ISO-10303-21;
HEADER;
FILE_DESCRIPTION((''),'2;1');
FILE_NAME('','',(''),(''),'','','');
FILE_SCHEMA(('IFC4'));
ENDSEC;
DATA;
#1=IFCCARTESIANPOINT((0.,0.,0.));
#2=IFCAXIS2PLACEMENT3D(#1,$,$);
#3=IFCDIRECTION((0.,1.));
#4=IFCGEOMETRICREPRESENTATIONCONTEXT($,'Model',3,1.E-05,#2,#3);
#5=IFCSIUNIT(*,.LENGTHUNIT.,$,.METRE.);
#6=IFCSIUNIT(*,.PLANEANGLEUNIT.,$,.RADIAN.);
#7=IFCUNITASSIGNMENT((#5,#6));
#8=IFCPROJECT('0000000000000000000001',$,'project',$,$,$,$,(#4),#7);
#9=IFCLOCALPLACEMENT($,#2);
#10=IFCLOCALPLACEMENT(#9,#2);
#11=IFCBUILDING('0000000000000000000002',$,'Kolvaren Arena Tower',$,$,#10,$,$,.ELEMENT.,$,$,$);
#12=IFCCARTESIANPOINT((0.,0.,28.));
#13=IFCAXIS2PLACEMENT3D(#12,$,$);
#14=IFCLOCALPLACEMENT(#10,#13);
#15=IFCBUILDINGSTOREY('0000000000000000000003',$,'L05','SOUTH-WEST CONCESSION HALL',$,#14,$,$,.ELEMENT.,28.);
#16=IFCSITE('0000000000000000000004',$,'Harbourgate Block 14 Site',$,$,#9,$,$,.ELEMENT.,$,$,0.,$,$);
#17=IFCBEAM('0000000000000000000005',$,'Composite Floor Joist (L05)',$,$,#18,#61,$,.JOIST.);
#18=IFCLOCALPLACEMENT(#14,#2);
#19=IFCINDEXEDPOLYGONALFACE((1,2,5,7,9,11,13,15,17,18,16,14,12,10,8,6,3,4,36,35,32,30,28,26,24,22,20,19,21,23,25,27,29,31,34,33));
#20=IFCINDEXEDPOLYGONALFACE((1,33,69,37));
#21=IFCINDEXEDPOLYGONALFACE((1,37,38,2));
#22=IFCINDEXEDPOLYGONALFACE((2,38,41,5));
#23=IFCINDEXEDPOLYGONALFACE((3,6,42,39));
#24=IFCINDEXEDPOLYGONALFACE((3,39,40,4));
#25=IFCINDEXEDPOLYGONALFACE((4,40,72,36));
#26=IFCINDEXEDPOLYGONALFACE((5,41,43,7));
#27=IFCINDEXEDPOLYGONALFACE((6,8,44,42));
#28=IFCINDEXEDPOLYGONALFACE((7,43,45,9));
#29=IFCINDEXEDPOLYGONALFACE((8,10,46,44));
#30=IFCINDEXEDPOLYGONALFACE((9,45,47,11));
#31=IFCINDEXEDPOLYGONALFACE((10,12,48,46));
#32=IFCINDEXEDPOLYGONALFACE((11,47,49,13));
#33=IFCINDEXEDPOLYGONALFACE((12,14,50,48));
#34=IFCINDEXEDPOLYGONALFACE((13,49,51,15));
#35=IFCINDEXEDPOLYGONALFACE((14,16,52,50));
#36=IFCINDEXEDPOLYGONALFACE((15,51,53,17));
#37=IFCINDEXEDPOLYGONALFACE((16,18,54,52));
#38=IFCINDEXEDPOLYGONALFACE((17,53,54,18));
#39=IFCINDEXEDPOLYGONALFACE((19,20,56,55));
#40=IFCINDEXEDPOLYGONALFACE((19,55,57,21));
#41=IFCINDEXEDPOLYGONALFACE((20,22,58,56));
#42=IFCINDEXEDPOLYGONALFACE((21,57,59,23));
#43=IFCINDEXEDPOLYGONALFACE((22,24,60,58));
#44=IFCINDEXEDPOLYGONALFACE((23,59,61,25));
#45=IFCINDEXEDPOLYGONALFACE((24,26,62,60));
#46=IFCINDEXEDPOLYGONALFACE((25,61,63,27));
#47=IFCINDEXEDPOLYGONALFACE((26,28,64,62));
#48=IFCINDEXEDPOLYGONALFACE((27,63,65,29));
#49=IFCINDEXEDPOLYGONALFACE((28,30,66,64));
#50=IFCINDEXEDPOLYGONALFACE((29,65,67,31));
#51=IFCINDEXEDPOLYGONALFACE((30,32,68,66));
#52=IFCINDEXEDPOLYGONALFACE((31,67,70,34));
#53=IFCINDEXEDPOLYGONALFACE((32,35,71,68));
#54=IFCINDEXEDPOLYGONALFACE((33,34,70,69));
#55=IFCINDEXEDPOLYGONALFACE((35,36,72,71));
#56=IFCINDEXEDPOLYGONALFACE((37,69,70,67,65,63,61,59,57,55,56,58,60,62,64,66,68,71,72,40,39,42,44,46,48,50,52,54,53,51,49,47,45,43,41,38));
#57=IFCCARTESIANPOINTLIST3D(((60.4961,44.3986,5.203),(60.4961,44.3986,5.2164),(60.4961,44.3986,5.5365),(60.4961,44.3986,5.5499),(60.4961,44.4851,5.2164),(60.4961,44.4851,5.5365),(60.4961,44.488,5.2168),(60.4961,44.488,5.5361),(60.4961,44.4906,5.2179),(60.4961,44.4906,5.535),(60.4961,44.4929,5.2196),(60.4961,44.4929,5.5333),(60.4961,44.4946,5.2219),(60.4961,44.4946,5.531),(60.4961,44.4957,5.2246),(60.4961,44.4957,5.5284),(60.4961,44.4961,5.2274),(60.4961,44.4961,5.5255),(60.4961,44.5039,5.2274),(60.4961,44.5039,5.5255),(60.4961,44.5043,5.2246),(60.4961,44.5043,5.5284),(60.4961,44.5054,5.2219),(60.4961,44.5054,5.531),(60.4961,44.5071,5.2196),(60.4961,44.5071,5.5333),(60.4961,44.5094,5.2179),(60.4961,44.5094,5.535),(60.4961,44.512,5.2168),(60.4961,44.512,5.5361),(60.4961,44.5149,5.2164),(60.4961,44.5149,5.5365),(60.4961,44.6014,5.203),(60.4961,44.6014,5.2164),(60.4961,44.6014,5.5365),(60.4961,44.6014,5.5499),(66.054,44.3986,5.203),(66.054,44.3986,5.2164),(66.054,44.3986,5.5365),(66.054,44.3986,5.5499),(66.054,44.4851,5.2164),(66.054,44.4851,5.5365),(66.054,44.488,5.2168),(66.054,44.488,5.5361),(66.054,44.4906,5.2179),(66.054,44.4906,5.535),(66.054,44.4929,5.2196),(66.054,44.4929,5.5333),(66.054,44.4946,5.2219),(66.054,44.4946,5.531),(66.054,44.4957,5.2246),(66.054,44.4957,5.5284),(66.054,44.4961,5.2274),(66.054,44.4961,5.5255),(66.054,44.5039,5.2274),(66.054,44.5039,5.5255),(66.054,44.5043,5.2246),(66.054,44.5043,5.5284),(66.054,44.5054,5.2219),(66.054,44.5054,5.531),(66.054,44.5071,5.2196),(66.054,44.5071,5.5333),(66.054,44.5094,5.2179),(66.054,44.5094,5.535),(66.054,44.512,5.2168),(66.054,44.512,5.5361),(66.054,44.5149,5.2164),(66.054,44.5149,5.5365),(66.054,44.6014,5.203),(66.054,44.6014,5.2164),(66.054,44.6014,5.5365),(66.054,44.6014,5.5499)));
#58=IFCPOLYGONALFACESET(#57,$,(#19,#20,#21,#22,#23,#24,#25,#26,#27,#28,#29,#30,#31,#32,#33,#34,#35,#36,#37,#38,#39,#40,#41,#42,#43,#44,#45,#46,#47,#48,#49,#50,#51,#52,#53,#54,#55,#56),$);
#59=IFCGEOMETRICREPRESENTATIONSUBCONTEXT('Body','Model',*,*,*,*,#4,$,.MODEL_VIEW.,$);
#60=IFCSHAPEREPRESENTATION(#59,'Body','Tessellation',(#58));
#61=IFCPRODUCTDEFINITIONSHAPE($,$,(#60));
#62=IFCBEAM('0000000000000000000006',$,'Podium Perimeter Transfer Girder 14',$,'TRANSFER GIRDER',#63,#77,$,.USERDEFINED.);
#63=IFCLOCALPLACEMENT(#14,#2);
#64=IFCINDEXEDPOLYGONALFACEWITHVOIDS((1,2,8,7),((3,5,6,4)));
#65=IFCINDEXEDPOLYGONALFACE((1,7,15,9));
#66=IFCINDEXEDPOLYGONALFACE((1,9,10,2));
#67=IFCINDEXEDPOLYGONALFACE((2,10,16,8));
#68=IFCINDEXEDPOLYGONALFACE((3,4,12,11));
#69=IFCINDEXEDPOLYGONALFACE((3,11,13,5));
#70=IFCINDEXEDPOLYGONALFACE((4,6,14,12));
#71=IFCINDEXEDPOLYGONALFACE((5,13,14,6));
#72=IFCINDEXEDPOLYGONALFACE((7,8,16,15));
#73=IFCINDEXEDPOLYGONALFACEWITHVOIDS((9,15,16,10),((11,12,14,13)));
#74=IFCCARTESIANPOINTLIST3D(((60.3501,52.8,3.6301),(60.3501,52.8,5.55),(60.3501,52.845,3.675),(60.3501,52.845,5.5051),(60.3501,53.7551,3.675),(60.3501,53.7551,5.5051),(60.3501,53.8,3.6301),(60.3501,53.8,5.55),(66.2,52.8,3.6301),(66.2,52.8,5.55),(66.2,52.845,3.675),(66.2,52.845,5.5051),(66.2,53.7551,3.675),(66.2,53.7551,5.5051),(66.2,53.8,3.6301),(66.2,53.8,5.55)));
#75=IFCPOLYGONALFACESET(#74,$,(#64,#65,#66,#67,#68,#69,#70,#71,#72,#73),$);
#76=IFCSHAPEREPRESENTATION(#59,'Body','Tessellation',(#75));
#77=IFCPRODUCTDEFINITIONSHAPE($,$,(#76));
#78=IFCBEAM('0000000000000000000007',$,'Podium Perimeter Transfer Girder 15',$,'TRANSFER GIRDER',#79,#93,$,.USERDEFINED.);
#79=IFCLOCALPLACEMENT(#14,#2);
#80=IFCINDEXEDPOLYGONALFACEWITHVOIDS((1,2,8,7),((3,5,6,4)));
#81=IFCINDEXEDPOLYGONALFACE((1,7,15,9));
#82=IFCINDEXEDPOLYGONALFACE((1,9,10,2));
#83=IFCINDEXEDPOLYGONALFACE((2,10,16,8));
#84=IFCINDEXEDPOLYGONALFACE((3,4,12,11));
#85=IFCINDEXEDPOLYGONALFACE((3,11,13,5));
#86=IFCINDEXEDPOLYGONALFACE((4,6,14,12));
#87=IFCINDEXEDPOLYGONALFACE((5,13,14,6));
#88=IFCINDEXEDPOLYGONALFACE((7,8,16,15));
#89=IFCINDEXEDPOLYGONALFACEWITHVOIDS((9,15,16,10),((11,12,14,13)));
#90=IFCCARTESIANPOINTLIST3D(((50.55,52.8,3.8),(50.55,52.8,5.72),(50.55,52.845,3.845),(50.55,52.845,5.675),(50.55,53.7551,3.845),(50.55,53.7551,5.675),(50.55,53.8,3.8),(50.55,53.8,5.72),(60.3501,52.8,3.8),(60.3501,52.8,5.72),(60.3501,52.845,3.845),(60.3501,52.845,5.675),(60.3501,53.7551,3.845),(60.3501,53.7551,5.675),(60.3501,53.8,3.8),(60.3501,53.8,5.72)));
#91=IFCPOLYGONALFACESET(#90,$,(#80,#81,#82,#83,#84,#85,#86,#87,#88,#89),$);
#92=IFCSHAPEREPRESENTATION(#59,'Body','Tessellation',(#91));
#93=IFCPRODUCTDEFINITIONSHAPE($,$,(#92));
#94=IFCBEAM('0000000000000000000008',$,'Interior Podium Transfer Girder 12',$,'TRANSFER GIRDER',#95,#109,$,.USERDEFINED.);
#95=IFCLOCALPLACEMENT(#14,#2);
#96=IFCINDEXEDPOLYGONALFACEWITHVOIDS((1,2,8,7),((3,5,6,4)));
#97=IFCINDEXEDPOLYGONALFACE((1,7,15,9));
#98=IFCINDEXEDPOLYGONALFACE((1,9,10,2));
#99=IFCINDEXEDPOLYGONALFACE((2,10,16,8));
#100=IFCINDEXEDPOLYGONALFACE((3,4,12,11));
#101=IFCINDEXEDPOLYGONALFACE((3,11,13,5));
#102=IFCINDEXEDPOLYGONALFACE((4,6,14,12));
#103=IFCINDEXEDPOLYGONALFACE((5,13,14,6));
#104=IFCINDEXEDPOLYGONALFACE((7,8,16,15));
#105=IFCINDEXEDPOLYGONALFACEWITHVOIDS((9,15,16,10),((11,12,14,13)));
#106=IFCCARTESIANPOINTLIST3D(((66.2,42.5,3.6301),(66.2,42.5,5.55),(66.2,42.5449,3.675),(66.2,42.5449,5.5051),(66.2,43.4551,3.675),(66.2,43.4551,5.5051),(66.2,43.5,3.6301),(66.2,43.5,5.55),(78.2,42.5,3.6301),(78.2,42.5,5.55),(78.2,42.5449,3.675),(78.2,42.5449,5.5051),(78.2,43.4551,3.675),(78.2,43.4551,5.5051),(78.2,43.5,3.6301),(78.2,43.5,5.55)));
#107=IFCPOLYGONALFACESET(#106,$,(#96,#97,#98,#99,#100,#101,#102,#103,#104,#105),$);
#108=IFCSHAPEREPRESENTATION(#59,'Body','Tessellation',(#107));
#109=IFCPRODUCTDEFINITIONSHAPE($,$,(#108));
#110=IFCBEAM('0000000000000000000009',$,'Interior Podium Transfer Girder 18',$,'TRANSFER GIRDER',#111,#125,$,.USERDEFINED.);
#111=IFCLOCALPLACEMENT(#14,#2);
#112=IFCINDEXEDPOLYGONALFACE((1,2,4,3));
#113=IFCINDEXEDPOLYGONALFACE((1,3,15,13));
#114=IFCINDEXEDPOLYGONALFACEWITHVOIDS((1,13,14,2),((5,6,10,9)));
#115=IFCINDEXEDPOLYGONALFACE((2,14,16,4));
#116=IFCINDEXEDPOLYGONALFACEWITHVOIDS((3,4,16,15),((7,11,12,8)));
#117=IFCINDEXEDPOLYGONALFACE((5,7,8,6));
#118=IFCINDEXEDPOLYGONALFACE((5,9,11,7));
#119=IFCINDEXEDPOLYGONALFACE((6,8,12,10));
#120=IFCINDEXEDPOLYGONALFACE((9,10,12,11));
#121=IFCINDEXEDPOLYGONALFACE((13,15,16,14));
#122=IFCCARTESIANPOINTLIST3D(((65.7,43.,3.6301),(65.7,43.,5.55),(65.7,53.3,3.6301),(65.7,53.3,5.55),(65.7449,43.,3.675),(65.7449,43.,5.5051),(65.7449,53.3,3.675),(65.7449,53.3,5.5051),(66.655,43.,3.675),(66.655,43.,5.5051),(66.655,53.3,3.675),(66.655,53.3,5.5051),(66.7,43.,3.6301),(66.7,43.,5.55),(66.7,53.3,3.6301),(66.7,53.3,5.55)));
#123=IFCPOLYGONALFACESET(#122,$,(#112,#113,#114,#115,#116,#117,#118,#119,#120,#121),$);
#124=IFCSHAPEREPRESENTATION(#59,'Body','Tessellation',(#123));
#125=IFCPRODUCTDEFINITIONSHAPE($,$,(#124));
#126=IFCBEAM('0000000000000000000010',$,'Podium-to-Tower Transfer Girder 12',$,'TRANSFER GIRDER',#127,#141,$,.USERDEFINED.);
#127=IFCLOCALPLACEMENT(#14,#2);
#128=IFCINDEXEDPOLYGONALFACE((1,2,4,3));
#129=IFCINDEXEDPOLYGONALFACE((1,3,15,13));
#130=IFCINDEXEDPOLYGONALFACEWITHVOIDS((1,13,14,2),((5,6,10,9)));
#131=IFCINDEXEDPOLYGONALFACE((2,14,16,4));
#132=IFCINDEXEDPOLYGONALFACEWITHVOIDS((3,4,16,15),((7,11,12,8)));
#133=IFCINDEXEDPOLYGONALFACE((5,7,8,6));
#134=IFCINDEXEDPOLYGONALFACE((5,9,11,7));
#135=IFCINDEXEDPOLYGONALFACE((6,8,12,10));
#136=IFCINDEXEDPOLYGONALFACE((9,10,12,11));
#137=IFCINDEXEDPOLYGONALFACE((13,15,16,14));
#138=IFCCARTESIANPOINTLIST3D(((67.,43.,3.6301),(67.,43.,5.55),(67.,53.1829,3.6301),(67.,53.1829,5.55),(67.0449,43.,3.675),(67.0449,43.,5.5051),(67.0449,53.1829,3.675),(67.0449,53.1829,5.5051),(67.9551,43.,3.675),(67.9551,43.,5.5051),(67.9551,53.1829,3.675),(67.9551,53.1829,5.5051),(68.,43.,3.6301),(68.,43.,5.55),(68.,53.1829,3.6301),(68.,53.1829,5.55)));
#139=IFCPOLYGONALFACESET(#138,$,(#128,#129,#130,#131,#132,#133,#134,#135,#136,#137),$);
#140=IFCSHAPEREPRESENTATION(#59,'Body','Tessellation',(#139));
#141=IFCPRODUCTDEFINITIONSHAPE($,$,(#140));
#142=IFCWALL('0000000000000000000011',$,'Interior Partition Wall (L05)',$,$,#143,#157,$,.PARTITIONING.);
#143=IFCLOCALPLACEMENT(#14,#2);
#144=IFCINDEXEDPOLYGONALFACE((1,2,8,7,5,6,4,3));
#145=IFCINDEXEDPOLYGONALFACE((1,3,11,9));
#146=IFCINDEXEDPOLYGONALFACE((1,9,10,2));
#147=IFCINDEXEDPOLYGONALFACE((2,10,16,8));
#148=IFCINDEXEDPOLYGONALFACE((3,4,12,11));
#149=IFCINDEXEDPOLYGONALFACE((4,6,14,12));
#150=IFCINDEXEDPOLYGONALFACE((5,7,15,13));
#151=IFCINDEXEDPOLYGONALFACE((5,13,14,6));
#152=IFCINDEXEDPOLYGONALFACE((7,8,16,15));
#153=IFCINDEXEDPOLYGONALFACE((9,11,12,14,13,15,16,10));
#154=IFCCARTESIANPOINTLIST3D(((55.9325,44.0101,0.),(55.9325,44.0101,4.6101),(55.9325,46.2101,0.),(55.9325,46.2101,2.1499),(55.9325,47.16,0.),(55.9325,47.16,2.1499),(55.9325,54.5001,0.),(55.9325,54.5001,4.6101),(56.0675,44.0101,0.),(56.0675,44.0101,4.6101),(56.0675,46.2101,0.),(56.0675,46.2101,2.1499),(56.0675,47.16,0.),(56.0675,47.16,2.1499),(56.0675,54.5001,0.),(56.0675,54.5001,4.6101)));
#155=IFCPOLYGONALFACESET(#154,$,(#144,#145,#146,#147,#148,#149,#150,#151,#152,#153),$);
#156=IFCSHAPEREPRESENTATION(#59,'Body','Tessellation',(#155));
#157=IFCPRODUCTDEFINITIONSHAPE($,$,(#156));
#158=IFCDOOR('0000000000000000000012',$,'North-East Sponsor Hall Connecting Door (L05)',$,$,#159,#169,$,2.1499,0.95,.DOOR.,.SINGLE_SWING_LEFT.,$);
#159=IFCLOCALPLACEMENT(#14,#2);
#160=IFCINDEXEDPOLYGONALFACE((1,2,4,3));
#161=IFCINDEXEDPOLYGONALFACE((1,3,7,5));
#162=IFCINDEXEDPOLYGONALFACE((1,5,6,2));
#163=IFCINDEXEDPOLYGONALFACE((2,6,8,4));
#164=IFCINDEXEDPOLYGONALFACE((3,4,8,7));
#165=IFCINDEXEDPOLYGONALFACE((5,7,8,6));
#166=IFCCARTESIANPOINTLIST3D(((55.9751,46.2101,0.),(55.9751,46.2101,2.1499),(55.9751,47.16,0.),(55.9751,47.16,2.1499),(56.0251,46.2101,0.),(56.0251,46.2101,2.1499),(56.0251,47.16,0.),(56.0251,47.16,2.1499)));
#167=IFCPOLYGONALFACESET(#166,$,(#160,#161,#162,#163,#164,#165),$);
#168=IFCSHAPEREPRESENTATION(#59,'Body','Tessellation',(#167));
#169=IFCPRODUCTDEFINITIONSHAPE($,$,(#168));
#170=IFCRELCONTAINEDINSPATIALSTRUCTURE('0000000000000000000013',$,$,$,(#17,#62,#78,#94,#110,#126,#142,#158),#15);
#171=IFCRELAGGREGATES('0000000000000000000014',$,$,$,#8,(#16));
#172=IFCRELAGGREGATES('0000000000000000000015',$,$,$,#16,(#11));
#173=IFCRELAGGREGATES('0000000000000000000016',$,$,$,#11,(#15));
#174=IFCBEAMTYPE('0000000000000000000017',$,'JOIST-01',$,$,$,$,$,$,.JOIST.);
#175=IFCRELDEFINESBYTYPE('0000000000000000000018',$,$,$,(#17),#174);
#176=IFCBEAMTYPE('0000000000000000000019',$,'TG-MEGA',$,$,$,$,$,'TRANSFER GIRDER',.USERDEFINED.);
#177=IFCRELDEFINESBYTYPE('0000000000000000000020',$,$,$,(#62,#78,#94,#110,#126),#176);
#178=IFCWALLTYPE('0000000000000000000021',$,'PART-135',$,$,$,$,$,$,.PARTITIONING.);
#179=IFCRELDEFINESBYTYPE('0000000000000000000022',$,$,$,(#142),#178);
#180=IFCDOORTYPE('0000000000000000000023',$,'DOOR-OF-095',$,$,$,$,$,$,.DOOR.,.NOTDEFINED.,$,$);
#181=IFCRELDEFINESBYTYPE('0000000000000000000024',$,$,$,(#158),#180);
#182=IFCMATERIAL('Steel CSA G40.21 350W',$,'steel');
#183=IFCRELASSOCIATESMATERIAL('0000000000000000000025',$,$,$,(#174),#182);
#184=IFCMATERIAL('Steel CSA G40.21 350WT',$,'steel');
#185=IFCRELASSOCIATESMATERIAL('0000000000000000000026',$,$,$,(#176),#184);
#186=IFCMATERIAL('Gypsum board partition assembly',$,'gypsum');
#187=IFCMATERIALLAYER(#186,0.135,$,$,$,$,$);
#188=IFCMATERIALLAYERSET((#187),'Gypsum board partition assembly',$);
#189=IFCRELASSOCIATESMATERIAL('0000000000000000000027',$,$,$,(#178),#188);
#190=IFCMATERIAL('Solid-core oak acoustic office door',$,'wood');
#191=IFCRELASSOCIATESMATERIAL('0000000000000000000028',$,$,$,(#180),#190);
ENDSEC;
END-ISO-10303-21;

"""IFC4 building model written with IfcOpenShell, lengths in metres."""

from ifc_helpers import new_model, si_unit, direction, frame, frame_2d, origin, origin_2d, place, context, subcontext, project, spatial, rectangle, hollow_rectangle, i_section, extrude, material, layer, layer_set, material_profile, profile_set, type_object, element, fill, save


model = new_model("IFC4")

# Units and contexts
model_context = context("Model", 3, precision=1e-05, world=origin(), true_north=direction((0.0, 1.0)))
body_context = subcontext(model_context, "Body", "Model", "MODEL_VIEW")
ifc_project = project(units=[si_unit("LENGTHUNIT", "METRE"), si_unit("PLANEANGLEUNIT", "RADIAN")], contexts=[model_context])

# Site, building, storey
site_placement = place(None, origin())
site = spatial("IfcSite", under=ifc_project, at=site_placement, Name="Harbourgate Block 14 Site", CompositionType="ELEMENT", RefElevation=0.0)
building_placement = place(site_placement, origin())
building = spatial("IfcBuilding", under=site, at=building_placement, Name="Kolvaren Arena Tower", CompositionType="ELEMENT")
storey_placement = place(building_placement, frame((0.0, 0.0, 28.0)))
storey = spatial("IfcBuildingStorey", under=building, at=storey_placement, Name="L05", Description="SOUTH-WEST CONCESSION HALL", CompositionType="ELEMENT", Elevation=28.0)

# Beams
ifc_material_1 = material(Name="Steel CSA G40.21 350W", Category="steel")
ifc_material_profile_1 = material_profile(ifc_material_1, i_section(OverallWidth=0.2029, OverallDepth=0.3469, WebThickness=0.0078, FlangeThickness=0.0134, FilletRadius=0.011, at=origin_2d()), Name="W360x64")
ifc_profile_set_1 = profile_set([ifc_material_profile_1], Name="Steel CSA G40.21 350W")
beam_type_1 = type_object("IfcBeamType", Name="JOIST-01", PredefinedType="JOIST", material=ifc_profile_set_1)
beam_1_placement = place(storey_placement, frame((60.4961, 44.5, 5.3765), z_axis=(1.0, 0.0, 0.0), x_axis=(0.0, 1.0, 0.0)))
element("IfcBeam", 1, at=beam_1_placement, inside=storey, type_object=beam_type_1, Name="Composite Floor Joist (L05)", PredefinedType="JOIST", context=body_context, shape_type="SweptSolid", body=[
    extrude(i_section(OverallWidth=0.2029, OverallDepth=0.3469, WebThickness=0.0078, FlangeThickness=0.0134, FilletRadius=0.011, at=origin_2d()), origin(), (0.0, 0.0, 1.0), 5.5579),
])
ifc_material_2 = material(Name="Steel CSA G40.21 350WT", Category="steel")
ifc_material_profile_2 = material_profile(ifc_material_2, hollow_rectangle(XDim=1.0, YDim=1.9199, WallThickness=0.0449, at=origin_2d()), Name="BOX 1000x1920x45")
ifc_profile_set_2 = profile_set([ifc_material_profile_2], Name="Steel CSA G40.21 350WT")
beam_type_2 = type_object("IfcBeamType", Name="TG-MEGA", ElementType="TRANSFER GIRDER", PredefinedType="USERDEFINED", material=ifc_profile_set_2)
beam_2_placement = place(storey_placement, frame((66.2, 53.3, 4.5901), z_axis=(-1.0, 0.0, 0.0), x_axis=(0.0, -1.0, 0.0)))
element("IfcBeam", 2, at=beam_2_placement, inside=storey, type_object=beam_type_2, Name="Podium Perimeter Transfer Girder 14", ObjectType="TRANSFER GIRDER", PredefinedType="USERDEFINED", context=body_context, shape_type="SweptSolid", body=[
    extrude(hollow_rectangle(XDim=1.0, YDim=1.9199, WallThickness=0.0449, at=origin_2d()), origin(), (0.0, 0.0, 1.0), 5.8499),
])
beam_3_placement = place(storey_placement, frame((60.3501, 53.3, 4.76), z_axis=(-1.0, 0.0, 0.0), x_axis=(0.0, -1.0, 0.0)))
element("IfcBeam", 3, at=beam_3_placement, inside=storey, type_object=beam_type_2, Name="Podium Perimeter Transfer Girder 15", ObjectType="TRANSFER GIRDER", PredefinedType="USERDEFINED", context=body_context, shape_type="SweptSolid", body=[
    extrude(hollow_rectangle(XDim=1.0, YDim=1.9199, WallThickness=0.0449, at=origin_2d()), origin(), (0.0, 0.0, 1.0), 9.8),
])
beam_4_placement = place(storey_placement, frame((66.2, 43.0, 4.5901), z_axis=(1.0, 0.0, 0.0), x_axis=(0.0, 1.0, 0.0)))
element("IfcBeam", 4, at=beam_4_placement, inside=storey, type_object=beam_type_2, Name="Interior Podium Transfer Girder 12", ObjectType="TRANSFER GIRDER", PredefinedType="USERDEFINED", context=body_context, shape_type="SweptSolid", body=[
    extrude(hollow_rectangle(XDim=1.0, YDim=1.9199, WallThickness=0.0449, at=origin_2d()), origin(), (0.0, 0.0, 1.0), 12.0),
])
beam_5_placement = place(storey_placement, frame((66.2, 43.0, 4.5901), z_axis=(0.0, 1.0, 0.0), x_axis=(-1.0, 0.0, 0.0)))
element("IfcBeam", 5, at=beam_5_placement, inside=storey, type_object=beam_type_2, Name="Interior Podium Transfer Girder 18", ObjectType="TRANSFER GIRDER", PredefinedType="USERDEFINED", context=body_context, shape_type="SweptSolid", body=[
    extrude(hollow_rectangle(XDim=1.0, YDim=1.9199, WallThickness=0.0449, at=origin_2d()), origin(), (0.0, 0.0, 1.0), 10.3),
])
beam_6_placement = place(storey_placement, frame((67.5, 43.0, 4.5901), z_axis=(0.0, 1.0, 0.0), x_axis=(-1.0, 0.0, 0.0)))
element("IfcBeam", 6, at=beam_6_placement, inside=storey, type_object=beam_type_2, Name="Podium-to-Tower Transfer Girder 12", ObjectType="TRANSFER GIRDER", PredefinedType="USERDEFINED", context=body_context, shape_type="SweptSolid", body=[
    extrude(hollow_rectangle(XDim=1.0, YDim=1.9199, WallThickness=0.0449, at=origin_2d()), origin(), (0.0, 0.0, 1.0), 10.1829),
])

# Wall, opening, door
ifc_material_3 = material(Name="Gypsum board partition assembly", Category="gypsum")
ifc_layer_1 = layer(ifc_material_3, 0.135)
ifc_layer_set_1 = layer_set([ifc_layer_1], Name="Gypsum board partition assembly")
wall_type_1 = type_object("IfcWallType", Name="PART-135", PredefinedType="PARTITIONING", material=ifc_layer_set_1)
wall_1_placement = place(storey_placement, frame((56.0, 44.01, 0.0), z_axis=(0.0, 0.0, 1.0), x_axis=(0.0, 1.0, 0.0)))
wall_1 = element("IfcWall", 7, at=wall_1_placement, inside=storey, type_object=wall_type_1, Name="Interior Partition Wall (L05)", PredefinedType="PARTITIONING", context=body_context, shape_type="SweptSolid", body=[
    extrude(rectangle(XDim=10.49, YDim=0.135, at=frame_2d((5.2451, 0.0))), origin(), (0.0, 0.0, 1.0), 4.6101),
])
opening_1_placement = place(wall_1_placement, frame((2.2, 0.0, 0.0)))
opening_1 = element("IfcOpeningElement", 8, at=opening_1_placement, cuts=wall_1, PredefinedType="OPENING", context=body_context, shape_type="SweptSolid", body=[
    extrude(rectangle(XDim=0.95, YDim=2.1499, at=frame_2d((0.4751, 1.075))), frame((0.0, 0.0774, 0.0), z_axis=(0.0, -1.0, 0.0), x_axis=(1.0, 0.0, 0.0)), (0.0, 0.0, 1.0), 0.155),
])
ifc_material_4 = material(Name="Solid-core oak acoustic office door", Category="wood")
door_type = type_object("IfcDoorType", Name="DOOR-OF-095", OperationType="NOTDEFINED", PredefinedType="DOOR", material=ifc_material_4)
door_1_placement = place(opening_1_placement, origin())
door_1 = element("IfcDoor", 9, at=door_1_placement, inside=storey, type_object=door_type, Name="North-East Sponsor Hall Connecting Door (L05)", OperationType="SINGLE_SWING_LEFT", OverallHeight=2.1499, OverallWidth=0.95, PredefinedType="DOOR", context=body_context, shape_type="SweptSolid", body=[
    extrude(rectangle(XDim=0.95, YDim=2.1499, at=frame_2d((0.4751, 1.075))), frame((0.0, 0.0249, 0.0), z_axis=(0.0, -1.0, 0.0), x_axis=(1.0, 0.0, 0.0)), (0.0, 0.0, 1.0), 0.05),
])
fill(opening_1, door_1)

save(model, "model.ifc")
